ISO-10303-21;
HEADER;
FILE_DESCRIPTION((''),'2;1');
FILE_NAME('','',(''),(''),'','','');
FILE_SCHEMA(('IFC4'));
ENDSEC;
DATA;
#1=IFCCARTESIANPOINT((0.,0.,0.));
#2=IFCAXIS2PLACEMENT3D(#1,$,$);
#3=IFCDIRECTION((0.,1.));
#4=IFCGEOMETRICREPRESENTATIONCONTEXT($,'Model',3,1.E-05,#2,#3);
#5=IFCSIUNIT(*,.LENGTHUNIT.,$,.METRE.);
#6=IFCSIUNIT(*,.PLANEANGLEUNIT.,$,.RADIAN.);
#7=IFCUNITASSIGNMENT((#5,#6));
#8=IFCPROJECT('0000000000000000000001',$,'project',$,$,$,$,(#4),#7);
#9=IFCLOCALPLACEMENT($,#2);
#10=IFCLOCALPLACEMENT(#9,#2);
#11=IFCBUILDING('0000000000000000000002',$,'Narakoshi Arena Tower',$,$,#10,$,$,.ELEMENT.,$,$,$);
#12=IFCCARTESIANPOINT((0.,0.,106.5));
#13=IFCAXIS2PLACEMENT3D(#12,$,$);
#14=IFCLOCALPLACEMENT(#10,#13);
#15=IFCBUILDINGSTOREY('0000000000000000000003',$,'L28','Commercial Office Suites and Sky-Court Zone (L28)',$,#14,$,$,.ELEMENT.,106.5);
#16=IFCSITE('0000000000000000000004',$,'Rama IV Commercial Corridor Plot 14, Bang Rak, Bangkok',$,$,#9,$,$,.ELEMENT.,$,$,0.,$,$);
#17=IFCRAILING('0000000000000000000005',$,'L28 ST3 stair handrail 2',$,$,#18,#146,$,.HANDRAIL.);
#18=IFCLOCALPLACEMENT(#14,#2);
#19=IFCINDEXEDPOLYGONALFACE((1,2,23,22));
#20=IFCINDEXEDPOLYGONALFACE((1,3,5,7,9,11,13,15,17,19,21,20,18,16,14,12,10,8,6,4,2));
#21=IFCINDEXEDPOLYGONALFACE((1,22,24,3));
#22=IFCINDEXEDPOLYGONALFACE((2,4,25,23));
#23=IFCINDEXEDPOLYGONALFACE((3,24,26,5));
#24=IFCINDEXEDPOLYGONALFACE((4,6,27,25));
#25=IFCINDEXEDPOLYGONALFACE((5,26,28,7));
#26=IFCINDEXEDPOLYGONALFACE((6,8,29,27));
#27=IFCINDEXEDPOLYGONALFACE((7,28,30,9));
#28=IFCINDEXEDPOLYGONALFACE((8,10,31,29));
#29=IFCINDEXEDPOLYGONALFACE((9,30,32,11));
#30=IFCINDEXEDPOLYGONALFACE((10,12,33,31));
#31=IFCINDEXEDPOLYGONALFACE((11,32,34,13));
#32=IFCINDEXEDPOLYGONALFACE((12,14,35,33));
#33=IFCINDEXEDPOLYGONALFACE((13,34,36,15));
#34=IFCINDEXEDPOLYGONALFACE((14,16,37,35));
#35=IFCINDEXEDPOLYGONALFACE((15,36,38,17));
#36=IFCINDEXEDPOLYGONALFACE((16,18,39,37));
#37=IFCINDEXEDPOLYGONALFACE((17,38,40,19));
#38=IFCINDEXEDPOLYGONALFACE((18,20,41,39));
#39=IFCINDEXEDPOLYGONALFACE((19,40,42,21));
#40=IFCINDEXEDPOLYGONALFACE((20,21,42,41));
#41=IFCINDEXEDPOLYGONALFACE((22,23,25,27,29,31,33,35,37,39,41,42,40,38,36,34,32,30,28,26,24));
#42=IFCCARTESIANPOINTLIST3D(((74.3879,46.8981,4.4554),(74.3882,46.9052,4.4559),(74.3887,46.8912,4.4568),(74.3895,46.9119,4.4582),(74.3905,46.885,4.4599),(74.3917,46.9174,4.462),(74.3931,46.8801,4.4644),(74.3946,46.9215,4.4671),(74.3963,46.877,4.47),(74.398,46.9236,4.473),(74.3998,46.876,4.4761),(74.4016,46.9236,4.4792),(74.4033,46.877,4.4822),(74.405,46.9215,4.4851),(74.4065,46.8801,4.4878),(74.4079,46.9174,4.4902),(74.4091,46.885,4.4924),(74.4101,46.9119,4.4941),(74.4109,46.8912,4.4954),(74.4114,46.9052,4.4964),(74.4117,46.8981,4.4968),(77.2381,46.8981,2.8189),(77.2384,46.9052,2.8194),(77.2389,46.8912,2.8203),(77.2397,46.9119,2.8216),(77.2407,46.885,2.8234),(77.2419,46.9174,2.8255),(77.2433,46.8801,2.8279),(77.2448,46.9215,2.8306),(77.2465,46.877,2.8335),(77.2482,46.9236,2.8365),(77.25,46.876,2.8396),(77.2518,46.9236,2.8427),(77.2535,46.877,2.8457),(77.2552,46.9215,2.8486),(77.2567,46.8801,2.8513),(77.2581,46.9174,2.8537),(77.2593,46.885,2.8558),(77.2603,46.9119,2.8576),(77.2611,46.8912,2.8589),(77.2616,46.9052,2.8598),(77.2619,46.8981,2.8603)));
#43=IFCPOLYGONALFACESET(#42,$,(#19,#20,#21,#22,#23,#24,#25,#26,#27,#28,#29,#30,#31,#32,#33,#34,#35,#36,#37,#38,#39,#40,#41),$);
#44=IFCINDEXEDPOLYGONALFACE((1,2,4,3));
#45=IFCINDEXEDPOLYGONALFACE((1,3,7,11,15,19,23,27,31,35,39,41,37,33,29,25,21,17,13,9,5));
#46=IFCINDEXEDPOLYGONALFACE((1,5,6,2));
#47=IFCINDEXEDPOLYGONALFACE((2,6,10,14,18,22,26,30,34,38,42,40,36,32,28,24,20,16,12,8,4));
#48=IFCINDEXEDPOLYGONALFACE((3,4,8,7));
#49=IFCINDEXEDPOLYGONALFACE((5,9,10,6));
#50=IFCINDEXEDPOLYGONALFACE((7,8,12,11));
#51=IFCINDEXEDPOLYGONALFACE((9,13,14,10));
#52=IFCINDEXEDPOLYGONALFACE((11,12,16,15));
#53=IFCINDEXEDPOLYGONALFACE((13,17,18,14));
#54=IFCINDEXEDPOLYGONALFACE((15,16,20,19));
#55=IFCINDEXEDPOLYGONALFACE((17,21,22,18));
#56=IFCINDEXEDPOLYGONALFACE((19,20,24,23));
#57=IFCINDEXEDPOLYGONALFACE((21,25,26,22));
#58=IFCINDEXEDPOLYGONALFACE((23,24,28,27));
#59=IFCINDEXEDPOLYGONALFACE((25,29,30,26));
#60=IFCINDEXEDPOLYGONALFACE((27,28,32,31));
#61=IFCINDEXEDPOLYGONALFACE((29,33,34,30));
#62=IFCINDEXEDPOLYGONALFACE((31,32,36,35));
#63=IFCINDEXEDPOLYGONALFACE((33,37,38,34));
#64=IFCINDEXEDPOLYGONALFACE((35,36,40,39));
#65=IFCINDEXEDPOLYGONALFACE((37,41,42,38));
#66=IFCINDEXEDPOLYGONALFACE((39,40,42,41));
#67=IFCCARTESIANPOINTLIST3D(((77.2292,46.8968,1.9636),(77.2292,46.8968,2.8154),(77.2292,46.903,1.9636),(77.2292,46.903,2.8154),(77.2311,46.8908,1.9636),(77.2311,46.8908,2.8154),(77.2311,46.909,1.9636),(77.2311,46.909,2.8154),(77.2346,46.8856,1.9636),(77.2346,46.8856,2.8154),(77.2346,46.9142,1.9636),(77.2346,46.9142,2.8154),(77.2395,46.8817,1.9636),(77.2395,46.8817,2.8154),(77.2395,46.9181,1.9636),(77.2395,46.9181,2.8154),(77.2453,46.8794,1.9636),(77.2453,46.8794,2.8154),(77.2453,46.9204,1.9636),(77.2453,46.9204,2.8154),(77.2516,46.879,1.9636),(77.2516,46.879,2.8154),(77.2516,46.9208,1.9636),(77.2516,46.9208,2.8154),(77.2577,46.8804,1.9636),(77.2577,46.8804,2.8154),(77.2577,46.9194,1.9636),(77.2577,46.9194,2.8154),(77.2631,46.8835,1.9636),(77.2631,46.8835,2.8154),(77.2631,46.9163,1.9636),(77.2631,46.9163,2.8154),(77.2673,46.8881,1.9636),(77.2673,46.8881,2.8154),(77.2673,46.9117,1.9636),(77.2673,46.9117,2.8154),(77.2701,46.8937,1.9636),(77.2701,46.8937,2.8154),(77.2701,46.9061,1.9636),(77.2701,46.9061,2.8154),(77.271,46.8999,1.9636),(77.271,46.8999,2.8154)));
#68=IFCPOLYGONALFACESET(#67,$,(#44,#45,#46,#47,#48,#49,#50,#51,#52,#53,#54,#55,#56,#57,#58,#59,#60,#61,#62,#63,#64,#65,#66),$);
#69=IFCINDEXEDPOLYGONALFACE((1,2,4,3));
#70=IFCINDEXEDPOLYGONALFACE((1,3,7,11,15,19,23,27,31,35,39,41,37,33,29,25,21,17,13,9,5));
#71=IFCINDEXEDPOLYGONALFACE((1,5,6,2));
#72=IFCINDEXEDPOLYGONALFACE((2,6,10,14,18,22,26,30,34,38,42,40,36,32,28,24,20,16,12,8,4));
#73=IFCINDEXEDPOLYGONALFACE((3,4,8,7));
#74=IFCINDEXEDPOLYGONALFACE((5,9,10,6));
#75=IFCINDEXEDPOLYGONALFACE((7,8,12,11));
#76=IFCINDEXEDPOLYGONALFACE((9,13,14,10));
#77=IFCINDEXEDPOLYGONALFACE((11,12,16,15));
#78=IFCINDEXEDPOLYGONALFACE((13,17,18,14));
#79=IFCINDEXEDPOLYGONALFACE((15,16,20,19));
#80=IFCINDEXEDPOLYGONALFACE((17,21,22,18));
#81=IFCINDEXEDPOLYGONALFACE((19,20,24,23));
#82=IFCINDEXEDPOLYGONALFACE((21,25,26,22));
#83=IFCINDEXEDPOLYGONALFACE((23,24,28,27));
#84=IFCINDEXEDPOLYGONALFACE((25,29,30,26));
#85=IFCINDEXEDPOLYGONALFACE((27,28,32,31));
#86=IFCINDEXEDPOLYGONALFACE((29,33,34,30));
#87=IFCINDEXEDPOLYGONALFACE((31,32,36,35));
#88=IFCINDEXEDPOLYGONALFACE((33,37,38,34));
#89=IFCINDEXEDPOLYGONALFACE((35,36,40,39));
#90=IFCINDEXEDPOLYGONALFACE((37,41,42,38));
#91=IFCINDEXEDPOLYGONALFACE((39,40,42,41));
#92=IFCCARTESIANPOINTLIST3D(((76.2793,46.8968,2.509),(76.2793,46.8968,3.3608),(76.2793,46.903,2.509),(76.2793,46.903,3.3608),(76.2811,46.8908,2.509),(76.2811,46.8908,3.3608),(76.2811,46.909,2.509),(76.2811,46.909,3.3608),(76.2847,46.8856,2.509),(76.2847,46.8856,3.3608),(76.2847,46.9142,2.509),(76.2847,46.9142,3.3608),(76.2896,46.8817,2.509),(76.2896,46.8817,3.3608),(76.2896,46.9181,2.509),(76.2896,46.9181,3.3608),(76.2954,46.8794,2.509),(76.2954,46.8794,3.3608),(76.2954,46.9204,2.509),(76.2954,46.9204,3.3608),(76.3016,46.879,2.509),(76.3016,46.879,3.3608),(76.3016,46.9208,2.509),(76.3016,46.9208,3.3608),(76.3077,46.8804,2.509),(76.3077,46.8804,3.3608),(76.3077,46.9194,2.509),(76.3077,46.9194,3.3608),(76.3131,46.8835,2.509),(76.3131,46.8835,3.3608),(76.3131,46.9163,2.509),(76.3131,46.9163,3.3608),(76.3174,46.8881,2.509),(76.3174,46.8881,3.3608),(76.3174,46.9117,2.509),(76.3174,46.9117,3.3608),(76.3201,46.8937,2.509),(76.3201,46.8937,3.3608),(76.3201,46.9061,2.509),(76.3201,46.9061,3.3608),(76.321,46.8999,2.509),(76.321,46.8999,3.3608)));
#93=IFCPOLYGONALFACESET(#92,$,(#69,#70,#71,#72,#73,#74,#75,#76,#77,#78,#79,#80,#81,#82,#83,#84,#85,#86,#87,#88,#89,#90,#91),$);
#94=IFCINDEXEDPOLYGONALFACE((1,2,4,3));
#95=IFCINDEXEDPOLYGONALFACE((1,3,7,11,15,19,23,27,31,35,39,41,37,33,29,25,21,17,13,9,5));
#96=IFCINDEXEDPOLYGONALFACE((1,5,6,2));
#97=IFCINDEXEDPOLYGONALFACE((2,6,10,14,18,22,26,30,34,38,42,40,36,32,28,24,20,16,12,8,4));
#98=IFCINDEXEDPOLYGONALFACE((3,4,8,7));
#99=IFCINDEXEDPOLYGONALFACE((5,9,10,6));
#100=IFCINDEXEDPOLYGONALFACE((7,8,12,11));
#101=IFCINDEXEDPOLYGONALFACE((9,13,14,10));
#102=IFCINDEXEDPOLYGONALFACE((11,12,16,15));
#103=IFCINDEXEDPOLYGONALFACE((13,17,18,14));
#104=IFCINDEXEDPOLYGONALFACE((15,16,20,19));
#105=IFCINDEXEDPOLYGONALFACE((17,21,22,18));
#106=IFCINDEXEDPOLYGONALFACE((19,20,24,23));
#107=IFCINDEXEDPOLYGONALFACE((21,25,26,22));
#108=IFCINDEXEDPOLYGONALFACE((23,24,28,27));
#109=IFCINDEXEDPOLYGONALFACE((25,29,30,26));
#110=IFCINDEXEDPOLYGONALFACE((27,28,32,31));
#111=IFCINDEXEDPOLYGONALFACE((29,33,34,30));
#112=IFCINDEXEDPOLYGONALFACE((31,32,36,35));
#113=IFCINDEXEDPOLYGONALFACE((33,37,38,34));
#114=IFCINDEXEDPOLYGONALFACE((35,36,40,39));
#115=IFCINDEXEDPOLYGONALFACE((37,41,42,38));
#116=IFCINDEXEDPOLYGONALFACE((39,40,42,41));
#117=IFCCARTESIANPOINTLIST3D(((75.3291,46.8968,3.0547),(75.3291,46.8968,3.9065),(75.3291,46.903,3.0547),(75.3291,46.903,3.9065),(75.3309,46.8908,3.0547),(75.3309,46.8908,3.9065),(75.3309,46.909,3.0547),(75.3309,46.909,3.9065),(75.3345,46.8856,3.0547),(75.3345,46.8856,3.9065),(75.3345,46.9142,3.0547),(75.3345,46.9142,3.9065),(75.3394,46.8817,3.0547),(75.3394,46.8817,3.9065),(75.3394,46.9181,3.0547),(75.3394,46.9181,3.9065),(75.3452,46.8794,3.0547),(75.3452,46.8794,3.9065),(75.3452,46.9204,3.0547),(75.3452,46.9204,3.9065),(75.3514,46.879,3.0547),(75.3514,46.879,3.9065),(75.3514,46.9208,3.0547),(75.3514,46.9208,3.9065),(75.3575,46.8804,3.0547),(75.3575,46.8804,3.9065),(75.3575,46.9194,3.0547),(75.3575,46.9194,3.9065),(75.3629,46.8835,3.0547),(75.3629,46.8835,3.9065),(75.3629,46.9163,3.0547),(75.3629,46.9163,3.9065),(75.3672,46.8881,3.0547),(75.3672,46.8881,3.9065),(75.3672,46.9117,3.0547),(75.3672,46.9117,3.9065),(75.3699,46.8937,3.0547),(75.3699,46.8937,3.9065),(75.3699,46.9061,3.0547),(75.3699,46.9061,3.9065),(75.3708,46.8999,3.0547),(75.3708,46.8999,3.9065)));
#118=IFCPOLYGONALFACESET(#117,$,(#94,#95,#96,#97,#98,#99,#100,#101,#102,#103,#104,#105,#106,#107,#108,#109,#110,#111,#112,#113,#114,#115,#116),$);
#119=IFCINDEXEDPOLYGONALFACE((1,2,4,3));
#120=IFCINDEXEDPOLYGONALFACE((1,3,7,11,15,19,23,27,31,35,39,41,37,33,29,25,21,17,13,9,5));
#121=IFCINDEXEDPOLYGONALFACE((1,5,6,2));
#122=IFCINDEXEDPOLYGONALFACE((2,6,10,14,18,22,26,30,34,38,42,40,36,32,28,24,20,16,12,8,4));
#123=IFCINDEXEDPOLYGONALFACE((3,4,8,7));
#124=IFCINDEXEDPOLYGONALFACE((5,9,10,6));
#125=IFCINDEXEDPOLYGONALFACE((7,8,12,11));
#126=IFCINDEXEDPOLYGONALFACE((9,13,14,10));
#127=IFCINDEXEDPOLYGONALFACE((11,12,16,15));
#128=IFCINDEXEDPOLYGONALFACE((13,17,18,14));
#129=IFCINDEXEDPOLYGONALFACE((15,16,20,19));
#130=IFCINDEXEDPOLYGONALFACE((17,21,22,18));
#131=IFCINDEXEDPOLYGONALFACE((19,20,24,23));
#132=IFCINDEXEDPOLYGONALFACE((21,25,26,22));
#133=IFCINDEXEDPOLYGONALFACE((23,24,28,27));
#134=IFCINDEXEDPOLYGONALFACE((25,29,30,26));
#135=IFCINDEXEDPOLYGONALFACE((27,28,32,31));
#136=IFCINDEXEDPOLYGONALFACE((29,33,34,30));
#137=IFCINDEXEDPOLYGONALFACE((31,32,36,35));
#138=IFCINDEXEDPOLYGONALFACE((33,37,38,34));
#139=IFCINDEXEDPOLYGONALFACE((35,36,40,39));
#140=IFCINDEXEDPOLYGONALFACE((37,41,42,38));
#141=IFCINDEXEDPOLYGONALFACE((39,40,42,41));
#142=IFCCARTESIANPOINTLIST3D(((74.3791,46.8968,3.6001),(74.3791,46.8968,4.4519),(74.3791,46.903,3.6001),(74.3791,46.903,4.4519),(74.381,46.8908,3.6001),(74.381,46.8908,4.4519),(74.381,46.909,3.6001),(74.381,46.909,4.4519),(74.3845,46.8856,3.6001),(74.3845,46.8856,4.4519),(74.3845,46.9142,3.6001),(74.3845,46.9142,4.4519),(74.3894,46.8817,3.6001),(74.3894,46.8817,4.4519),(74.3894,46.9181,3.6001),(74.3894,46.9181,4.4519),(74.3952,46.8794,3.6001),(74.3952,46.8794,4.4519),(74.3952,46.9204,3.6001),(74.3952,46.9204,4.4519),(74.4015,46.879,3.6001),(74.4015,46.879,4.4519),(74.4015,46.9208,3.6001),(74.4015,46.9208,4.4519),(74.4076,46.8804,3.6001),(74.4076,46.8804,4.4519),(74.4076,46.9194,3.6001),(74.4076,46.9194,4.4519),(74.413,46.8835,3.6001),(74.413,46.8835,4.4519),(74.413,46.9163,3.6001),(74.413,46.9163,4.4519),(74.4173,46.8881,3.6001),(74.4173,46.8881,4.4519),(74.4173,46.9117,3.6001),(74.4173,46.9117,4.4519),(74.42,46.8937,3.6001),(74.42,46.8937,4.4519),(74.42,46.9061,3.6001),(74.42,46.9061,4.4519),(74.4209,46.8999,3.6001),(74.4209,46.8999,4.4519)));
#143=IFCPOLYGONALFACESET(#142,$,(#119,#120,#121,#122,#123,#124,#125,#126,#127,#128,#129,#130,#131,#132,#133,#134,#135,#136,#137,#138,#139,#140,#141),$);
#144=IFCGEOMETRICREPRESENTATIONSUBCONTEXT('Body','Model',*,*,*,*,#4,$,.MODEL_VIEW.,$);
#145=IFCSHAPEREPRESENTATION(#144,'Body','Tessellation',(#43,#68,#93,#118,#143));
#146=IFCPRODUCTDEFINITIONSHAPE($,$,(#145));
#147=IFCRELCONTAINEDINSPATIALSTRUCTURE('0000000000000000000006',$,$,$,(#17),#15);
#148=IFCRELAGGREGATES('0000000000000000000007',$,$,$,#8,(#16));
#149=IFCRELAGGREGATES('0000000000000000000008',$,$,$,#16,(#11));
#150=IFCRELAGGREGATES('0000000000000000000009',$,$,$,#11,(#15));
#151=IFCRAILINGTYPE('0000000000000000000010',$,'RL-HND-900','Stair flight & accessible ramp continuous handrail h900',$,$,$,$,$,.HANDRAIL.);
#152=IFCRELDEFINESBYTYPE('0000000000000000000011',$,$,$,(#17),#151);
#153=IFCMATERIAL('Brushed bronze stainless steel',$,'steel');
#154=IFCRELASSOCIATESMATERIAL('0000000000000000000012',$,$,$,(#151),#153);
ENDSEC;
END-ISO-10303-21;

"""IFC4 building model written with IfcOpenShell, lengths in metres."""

from ifc_helpers import new_model, si_unit, direction, frame, origin, origin_2d, place, context, subcontext, project, spatial, circle, extrude, material, type_object, element, save


model = new_model("IFC4")

# Units and contexts
model_context = context("Model", 3, precision=1e-05, world=origin(), true_north=direction((0.0, 1.0)))
body_context = subcontext(model_context, "Body", "Model", "MODEL_VIEW")
ifc_project = project(units=[si_unit("LENGTHUNIT", "METRE"), si_unit("PLANEANGLEUNIT", "RADIAN")], contexts=[model_context])

# Site, building, storey
site_placement = place(None, origin())
site = spatial("IfcSite", under=ifc_project, at=site_placement, Name="Rama IV Commercial Corridor Plot 14, Bang Rak, Bangkok", CompositionType="ELEMENT", RefElevation=0.0)
building_placement = place(site_placement, origin())
building = spatial("IfcBuilding", under=site, at=building_placement, Name="Narakoshi Arena Tower", CompositionType="ELEMENT")
storey_placement = place(building_placement, frame((0.0, 0.0, 106.5)))
storey = spatial("IfcBuildingStorey", under=building, at=storey_placement, Name="L28", Description="Commercial Office Suites and Sky-Court Zone (L28)", CompositionType="ELEMENT", Elevation=106.5)

# Shared definitions
ifc_material_1 = material(Name="Brushed bronze stainless steel", Category="steel")

# Railing
railing_type = type_object("IfcRailingType", Name="RL-HND-900", Description="Stair flight & accessible ramp continuous handrail h900", PredefinedType="HANDRAIL", material=ifc_material_1)
railing_placement = place(storey_placement, frame((77.25, 46.8999, 1.9636)))
element("IfcRailing", 1, at=railing_placement, inside=storey, type_object=railing_type, Name="L28 ST3 stair handrail 2", PredefinedType="HANDRAIL", context=body_context, shape_type="SweptSolid", body=[
    extrude(circle(Radius=0.0239, at=origin_2d()), frame((0.0, 0.0, 0.876), z_axis=(-0.867213, 0.0, 0.497938), x_axis=(0.0, -1.0, 0.0)), (0.0, 0.0, 1.0), 3.2866),
    extrude(circle(Radius=0.021, at=origin_2d()), origin(), (0.0, 0.0, 1.0), 0.8518),
    extrude(circle(Radius=0.021, at=origin_2d()), frame((-0.95, 0.0, 0.5454)), (0.0, 0.0, 1.0), 0.8518),
    extrude(circle(Radius=0.021, at=origin_2d()), frame((-1.9001, 0.0, 1.0911)), (0.0, 0.0, 1.0), 0.8518),
    extrude(circle(Radius=0.021, at=origin_2d()), frame((-2.8501, 0.0, 1.6365)), (0.0, 0.0, 1.0), 0.8518),
])

save(model, "model.ifc")
